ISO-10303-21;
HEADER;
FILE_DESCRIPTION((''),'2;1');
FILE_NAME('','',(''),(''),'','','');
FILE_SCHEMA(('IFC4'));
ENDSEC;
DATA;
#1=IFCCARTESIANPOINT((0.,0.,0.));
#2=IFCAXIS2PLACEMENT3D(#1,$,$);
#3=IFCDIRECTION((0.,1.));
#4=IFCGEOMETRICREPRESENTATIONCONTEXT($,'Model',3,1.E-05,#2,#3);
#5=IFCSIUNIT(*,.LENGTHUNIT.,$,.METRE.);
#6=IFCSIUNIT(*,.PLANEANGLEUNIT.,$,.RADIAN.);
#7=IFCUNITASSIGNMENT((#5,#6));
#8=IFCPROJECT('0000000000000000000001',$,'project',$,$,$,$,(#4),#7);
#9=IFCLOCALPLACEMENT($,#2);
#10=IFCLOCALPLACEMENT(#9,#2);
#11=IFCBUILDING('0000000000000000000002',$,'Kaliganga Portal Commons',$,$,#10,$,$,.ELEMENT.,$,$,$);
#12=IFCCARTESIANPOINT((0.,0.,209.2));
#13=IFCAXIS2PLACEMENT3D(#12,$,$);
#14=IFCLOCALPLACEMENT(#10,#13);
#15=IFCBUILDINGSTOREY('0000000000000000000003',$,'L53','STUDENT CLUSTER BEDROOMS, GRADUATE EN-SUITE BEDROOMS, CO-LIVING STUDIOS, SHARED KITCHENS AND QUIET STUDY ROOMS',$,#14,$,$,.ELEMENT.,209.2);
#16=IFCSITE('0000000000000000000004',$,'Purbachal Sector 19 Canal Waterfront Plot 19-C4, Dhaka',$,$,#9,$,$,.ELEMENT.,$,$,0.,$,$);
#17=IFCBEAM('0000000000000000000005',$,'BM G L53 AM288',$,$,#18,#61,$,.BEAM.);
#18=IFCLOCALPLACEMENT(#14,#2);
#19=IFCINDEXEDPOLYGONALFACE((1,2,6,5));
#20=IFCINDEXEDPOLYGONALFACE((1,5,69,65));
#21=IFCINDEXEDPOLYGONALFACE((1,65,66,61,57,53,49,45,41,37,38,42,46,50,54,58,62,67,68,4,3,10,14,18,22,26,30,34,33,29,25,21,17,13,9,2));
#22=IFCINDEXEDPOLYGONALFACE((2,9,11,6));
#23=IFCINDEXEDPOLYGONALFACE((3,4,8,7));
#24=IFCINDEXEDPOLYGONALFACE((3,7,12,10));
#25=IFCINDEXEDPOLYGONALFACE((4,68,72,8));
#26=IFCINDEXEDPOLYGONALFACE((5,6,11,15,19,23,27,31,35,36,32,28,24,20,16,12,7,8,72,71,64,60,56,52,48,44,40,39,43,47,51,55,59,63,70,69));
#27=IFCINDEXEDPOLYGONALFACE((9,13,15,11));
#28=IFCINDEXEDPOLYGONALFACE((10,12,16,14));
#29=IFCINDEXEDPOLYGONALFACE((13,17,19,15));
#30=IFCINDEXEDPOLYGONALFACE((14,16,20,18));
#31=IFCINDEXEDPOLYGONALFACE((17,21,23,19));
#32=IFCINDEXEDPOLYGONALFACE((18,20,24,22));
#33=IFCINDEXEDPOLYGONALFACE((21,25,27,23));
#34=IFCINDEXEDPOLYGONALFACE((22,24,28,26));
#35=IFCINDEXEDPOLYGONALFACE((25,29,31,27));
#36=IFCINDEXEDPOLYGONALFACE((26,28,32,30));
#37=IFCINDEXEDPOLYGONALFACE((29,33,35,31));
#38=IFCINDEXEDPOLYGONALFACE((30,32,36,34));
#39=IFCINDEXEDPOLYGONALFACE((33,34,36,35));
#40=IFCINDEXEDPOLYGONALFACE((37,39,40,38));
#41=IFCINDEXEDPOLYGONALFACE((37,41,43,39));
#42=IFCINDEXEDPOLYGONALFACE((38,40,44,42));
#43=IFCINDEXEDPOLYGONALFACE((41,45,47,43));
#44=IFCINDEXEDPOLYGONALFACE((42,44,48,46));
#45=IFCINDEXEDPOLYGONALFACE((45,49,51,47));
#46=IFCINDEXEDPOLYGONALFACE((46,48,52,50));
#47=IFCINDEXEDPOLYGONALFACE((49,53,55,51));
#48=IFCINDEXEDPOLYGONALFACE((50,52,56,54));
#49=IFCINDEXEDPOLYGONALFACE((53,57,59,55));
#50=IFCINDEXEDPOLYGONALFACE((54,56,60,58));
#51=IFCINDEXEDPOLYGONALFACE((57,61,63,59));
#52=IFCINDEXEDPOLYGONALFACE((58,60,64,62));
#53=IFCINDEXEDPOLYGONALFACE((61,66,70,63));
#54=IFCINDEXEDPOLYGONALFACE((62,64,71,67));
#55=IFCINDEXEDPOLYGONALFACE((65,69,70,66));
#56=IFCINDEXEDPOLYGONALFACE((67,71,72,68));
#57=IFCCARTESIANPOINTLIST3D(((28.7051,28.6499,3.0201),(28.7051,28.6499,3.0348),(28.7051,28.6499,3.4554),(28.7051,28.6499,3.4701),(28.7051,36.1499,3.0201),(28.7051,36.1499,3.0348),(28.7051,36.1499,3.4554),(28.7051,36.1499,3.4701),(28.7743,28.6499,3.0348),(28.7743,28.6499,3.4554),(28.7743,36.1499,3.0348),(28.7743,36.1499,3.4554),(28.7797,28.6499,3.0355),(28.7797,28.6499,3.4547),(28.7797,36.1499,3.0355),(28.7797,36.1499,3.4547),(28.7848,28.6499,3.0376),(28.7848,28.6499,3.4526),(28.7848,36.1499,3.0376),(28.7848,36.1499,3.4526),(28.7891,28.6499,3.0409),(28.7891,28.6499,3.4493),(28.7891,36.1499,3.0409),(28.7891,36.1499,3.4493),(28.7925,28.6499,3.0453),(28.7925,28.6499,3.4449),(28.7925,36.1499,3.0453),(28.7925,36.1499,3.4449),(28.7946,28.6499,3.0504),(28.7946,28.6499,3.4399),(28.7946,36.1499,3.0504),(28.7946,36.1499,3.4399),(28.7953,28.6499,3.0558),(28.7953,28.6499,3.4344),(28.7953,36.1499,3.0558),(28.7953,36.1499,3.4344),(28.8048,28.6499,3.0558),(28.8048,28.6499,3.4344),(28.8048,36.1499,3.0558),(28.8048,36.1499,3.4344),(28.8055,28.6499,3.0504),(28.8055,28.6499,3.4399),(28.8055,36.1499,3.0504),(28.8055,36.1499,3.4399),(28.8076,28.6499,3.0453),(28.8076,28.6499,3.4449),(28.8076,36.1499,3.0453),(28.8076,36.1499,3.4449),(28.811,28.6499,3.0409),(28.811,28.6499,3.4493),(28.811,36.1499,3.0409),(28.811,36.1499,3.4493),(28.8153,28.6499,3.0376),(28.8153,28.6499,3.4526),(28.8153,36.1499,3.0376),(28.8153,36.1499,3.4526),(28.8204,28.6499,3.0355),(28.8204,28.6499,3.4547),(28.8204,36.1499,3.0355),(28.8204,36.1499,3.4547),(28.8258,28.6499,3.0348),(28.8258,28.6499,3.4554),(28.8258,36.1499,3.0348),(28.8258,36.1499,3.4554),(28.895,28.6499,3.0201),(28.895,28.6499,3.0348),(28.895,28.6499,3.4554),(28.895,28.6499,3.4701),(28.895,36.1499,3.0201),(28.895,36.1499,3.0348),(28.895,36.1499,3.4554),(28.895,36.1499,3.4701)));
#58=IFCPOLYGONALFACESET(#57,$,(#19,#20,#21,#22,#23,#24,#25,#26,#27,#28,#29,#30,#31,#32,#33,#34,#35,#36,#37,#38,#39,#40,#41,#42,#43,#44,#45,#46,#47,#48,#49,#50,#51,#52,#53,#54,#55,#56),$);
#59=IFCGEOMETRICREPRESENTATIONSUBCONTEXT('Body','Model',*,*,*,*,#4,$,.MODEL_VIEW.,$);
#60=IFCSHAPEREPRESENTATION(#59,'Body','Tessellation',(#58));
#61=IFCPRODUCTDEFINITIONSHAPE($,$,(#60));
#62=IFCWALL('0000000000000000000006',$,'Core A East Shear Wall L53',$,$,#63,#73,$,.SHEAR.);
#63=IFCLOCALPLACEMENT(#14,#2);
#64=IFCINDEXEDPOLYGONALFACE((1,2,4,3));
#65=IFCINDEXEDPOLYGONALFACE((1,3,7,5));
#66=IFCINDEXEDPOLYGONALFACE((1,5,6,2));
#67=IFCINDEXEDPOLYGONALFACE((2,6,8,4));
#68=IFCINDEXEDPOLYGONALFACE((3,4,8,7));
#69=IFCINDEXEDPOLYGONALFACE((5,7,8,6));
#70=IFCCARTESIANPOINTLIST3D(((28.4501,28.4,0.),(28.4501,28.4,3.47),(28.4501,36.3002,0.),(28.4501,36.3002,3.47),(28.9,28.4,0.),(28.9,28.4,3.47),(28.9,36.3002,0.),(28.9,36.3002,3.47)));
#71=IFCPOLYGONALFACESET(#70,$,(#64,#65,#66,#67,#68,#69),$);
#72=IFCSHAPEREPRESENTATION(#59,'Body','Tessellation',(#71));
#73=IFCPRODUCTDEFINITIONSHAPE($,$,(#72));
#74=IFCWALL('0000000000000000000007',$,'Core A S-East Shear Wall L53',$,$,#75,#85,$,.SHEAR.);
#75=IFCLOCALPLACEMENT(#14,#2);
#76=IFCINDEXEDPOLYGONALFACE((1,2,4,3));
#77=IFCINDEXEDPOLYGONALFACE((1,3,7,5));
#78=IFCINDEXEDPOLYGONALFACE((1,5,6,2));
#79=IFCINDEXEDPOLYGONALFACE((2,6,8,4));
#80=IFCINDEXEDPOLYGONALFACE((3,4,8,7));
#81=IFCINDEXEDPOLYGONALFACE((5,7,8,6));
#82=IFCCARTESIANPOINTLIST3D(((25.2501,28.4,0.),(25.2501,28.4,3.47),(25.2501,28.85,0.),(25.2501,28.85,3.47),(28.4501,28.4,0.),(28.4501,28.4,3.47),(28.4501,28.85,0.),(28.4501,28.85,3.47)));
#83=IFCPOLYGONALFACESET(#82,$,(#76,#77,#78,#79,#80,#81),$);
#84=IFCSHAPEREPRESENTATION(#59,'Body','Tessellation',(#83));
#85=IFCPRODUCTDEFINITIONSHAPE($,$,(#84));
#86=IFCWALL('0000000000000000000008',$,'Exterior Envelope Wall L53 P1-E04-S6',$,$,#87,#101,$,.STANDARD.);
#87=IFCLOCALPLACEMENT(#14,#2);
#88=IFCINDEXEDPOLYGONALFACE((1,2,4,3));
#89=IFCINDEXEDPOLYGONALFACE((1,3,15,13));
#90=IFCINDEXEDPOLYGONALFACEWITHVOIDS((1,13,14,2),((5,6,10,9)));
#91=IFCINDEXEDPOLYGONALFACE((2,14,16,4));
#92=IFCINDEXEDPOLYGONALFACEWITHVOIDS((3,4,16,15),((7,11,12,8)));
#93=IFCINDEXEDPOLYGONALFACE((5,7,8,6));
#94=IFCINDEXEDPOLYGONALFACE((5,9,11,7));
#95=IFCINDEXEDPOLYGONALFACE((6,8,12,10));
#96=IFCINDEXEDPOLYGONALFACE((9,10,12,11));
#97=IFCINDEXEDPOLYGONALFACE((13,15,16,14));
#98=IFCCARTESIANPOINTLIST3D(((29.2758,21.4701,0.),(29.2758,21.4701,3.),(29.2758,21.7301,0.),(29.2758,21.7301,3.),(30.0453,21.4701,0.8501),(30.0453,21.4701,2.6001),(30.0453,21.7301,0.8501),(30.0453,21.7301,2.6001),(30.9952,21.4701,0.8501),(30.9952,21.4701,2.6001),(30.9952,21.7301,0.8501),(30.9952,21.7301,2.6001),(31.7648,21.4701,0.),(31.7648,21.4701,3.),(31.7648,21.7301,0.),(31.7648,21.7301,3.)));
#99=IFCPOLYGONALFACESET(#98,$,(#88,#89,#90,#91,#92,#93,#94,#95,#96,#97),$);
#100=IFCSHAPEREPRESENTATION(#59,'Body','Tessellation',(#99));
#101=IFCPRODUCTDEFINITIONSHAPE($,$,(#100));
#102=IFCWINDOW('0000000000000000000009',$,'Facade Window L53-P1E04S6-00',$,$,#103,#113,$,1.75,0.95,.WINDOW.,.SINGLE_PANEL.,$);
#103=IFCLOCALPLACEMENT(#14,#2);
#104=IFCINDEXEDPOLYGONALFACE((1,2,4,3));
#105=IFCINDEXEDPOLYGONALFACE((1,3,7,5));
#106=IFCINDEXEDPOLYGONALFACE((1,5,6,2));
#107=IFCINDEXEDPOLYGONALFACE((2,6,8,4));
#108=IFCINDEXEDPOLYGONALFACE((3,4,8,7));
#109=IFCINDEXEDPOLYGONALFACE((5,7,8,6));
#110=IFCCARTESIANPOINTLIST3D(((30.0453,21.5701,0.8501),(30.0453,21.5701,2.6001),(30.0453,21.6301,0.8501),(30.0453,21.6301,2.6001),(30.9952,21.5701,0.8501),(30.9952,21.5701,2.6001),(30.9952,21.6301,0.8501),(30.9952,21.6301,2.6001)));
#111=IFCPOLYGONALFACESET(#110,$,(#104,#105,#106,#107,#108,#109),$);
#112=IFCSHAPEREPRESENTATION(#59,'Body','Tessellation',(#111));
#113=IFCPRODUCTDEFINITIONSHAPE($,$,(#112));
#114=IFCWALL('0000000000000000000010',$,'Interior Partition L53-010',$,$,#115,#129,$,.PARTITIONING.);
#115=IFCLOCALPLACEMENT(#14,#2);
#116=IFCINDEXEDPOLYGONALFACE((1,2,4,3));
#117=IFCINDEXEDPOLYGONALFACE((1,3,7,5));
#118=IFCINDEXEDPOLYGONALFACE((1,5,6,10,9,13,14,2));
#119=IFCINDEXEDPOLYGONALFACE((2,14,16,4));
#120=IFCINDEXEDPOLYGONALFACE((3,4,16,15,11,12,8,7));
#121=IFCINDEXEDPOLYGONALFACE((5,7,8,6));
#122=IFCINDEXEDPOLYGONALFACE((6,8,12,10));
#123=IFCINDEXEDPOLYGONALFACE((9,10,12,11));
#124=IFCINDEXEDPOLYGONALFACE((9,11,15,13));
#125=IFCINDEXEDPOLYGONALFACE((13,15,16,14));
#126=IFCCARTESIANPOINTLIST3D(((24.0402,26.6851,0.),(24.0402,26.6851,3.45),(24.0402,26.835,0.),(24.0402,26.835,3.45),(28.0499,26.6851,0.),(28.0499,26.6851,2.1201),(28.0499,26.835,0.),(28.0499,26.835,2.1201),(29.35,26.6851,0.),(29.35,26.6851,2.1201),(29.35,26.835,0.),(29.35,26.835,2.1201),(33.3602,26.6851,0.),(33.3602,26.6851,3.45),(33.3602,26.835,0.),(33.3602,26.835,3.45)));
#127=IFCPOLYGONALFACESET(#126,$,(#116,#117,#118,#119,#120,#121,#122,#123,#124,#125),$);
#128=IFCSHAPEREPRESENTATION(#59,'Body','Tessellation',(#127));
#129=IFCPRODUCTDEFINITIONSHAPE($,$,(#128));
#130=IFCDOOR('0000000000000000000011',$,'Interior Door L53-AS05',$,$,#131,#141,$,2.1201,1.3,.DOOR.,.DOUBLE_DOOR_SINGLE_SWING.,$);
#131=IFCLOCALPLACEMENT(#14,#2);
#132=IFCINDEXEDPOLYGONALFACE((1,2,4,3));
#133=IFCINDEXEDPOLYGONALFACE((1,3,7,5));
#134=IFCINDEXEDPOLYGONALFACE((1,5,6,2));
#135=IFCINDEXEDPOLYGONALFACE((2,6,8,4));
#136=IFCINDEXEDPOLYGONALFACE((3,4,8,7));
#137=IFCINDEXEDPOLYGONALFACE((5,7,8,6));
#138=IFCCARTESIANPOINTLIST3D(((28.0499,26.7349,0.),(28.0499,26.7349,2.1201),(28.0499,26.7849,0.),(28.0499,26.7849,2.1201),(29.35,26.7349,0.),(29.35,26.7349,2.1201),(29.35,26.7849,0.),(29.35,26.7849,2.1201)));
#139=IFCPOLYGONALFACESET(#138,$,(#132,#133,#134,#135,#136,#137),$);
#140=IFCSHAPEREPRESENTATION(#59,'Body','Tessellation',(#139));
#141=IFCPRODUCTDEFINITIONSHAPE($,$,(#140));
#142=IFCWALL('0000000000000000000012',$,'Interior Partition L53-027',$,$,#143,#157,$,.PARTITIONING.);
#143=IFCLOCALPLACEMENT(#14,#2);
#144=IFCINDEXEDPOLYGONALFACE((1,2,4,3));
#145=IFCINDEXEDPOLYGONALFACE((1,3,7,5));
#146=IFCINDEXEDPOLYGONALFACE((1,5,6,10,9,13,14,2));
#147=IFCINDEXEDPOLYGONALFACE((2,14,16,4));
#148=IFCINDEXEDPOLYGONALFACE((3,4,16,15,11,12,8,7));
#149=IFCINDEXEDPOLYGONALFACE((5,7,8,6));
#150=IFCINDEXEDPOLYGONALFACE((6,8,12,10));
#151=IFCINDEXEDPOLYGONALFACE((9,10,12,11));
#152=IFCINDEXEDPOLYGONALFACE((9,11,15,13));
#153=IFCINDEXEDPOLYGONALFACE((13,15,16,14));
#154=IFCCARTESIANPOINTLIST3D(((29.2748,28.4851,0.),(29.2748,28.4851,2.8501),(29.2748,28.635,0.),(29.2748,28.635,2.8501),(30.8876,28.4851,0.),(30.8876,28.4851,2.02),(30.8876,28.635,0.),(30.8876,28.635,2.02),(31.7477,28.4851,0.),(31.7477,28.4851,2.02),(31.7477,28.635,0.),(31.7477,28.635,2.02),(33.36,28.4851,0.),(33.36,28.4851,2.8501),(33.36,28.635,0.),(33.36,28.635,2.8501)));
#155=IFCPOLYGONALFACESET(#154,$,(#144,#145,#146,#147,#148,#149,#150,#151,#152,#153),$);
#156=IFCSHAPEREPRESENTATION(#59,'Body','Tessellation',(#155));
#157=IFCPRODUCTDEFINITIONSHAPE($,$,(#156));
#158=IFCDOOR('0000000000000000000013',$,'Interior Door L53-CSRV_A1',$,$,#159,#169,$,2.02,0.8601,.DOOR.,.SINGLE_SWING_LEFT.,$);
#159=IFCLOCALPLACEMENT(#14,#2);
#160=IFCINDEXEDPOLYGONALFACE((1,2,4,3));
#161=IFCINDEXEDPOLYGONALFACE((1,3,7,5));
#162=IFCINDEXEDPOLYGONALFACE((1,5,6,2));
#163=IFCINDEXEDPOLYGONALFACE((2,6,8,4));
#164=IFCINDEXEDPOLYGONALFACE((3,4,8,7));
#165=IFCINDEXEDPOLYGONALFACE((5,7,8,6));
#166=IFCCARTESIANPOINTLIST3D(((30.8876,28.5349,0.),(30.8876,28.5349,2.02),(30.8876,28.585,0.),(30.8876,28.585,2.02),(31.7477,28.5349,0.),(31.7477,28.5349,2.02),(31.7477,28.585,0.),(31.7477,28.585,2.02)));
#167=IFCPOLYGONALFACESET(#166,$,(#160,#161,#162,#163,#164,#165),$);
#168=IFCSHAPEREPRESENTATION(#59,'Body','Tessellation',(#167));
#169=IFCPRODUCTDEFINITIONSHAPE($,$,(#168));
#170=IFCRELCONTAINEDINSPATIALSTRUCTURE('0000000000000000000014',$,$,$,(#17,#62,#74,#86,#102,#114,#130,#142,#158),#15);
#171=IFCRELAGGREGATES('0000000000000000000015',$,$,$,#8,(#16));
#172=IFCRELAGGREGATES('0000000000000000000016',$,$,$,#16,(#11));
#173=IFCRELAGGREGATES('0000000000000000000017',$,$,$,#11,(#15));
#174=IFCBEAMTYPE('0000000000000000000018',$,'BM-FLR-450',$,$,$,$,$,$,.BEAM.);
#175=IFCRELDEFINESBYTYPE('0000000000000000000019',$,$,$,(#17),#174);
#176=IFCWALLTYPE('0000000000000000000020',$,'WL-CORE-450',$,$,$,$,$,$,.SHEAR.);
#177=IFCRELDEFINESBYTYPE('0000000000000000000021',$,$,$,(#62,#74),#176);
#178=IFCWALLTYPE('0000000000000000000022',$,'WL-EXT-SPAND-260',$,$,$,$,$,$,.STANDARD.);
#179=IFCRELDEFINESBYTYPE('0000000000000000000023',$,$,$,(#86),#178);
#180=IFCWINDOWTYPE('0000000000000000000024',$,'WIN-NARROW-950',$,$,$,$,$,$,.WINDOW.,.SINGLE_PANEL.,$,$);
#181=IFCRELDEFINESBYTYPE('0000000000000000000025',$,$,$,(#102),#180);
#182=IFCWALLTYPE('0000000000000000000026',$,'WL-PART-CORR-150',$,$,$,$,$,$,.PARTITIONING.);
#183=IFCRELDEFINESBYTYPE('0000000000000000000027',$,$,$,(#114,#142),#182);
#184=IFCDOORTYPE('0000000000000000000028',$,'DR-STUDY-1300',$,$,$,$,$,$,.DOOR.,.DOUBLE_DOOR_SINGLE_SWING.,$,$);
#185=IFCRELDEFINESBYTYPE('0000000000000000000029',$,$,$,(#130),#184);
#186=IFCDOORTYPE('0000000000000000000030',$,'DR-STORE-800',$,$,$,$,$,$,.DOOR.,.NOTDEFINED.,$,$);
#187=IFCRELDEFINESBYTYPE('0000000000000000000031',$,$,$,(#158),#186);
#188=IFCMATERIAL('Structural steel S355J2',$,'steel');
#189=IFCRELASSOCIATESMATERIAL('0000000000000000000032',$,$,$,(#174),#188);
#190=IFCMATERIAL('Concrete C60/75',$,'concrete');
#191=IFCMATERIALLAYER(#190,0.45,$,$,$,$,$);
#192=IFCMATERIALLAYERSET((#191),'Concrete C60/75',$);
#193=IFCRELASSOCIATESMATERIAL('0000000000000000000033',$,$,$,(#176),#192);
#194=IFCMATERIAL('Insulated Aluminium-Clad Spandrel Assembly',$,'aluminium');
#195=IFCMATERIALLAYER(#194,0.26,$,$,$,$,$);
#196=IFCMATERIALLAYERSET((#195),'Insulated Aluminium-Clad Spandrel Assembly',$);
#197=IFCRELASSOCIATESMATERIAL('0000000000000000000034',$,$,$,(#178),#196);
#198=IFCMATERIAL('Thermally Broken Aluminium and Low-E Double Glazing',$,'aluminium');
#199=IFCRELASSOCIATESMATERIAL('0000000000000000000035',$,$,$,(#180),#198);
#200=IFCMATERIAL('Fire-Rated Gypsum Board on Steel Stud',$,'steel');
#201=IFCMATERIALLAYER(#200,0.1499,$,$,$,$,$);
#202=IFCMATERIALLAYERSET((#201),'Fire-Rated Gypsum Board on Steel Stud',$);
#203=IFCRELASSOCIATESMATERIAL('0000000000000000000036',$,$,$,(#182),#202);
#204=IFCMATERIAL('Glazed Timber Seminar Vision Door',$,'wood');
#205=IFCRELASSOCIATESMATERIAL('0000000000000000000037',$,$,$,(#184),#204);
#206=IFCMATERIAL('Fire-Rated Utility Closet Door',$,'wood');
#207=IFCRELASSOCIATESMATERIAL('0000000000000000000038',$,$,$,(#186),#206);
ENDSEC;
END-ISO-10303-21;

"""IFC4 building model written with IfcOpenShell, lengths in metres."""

from ifc_helpers import new_model, si_unit, direction, frame, frame_2d, origin, origin_2d, place, context, subcontext, project, spatial, rectangle, i_section, extrude, source, transform, mapped, material, layer, layer_set, material_profile, profile_set, type_object, element, fill, save


model = new_model("IFC4")

# Units and contexts
model_context = context("Model", 3, precision=1e-05, world=origin(), true_north=direction((0.0, 1.0)))
body_context = subcontext(model_context, "Body", "Model", "MODEL_VIEW")
ifc_project = project(units=[si_unit("LENGTHUNIT", "METRE"), si_unit("PLANEANGLEUNIT", "RADIAN")], contexts=[model_context])

# Site, building, storey
site_placement = place(None, origin())
site = spatial("IfcSite", under=ifc_project, at=site_placement, Name="Purbachal Sector 19 Canal Waterfront Plot 19-C4, Dhaka", CompositionType="ELEMENT", RefElevation=0.0)
building_placement = place(site_placement, origin())
building = spatial("IfcBuilding", under=site, at=building_placement, Name="Kaliganga Portal Commons", CompositionType="ELEMENT")
storey_placement = place(building_placement, frame((0.0, 0.0, 209.2)))
storey = spatial("IfcBuildingStorey", under=building, at=storey_placement, Name="L53", Description="STUDENT CLUSTER BEDROOMS, GRADUATE EN-SUITE BEDROOMS, CO-LIVING STUDIOS, SHARED KITCHENS AND QUIET STUDY ROOMS", CompositionType="ELEMENT", Elevation=209.2)

# Shared definitions
ifc_material_1 = material(Name="Structural steel S355J2", Category="steel")

# Beam
ifc_material_profile_1 = material_profile(ifc_material_1, i_section(OverallWidth=0.1899, OverallDepth=0.45, WebThickness=0.0095, FlangeThickness=0.0146, FilletRadius=0.021, at=origin_2d()), Name="IPE 450")
ifc_profile_set_1 = profile_set([ifc_material_profile_1], Name="Structural steel S355J2 wide-flange")
beam_type_1 = type_object("IfcBeamType", Name="BM-FLR-450", PredefinedType="BEAM", material=ifc_profile_set_1)
shared_shape_1 = source(origin(), body_context, "Body", "SweptSolid", [
    extrude(i_section(OverallWidth=0.1899, OverallDepth=0.45, WebThickness=0.0095, FlangeThickness=0.0146, FilletRadius=0.021, at=origin_2d()), origin(), (0.0, 0.0, 1.0), 7.5),
])
beam_1_placement = place(storey_placement, frame((28.8, 28.6499, 3.2451), z_axis=(0.0, 1.0, 0.0), x_axis=(-1.0, 0.0, 0.0)))
element("IfcBeam", 1, at=beam_1_placement, inside=storey, type_object=beam_type_1, Name="BM G L53 AM288", PredefinedType="BEAM", context=body_context, shape_type="MappedRepresentation", body=[
    mapped(shared_shape_1, transform((0.0, 0.0, 0.0), x_axis=(1.0, 0.0, 0.0), y_axis=(0.0, 1.0, 0.0), z_axis=(0.0, 0.0, 1.0), scale=1.0)),
])

# Walls
ifc_material_2 = material(Name="Concrete C60/75", Category="concrete")
ifc_layer_1 = layer(ifc_material_2, 0.45)
ifc_layer_set_1 = layer_set([ifc_layer_1], Name="Concrete C60/75")
wall_type_1 = type_object("IfcWallType", Name="WL-CORE-450", PredefinedType="SHEAR", material=ifc_layer_set_1)
wall_1_placement = place(storey_placement, frame((28.675, 28.3999, 0.0), z_axis=(0.0, 0.0, 1.0), x_axis=(0.0, 1.0, 0.0)))
element("IfcWall", 2, at=wall_1_placement, inside=storey, type_object=wall_type_1, Name="Core A East Shear Wall L53", PredefinedType="SHEAR", context=body_context, shape_type="SweptSolid", body=[
    extrude(rectangle(XDim=7.9001, YDim=0.45, at=frame_2d((3.9502, 0.0))), origin(), (0.0, 0.0, 1.0), 3.47),
])
wall_2_placement = place(storey_placement, frame((25.25, 28.625, 0.0), z_axis=(0.0, 0.0, 1.0), x_axis=(1.0, 0.0, 0.0)))
element("IfcWall", 3, at=wall_2_placement, inside=storey, type_object=wall_type_1, Name="Core A S-East Shear Wall L53", PredefinedType="SHEAR", context=body_context, shape_type="SweptSolid", body=[
    extrude(rectangle(XDim=3.2, YDim=0.45, at=frame_2d((1.6001, 0.0))), origin(), (0.0, 0.0, 1.0), 3.47),
])

# Wall, opening, window
ifc_material_3 = material(Name="Insulated Aluminium-Clad Spandrel Assembly", Category="aluminium")
ifc_layer_2 = layer(ifc_material_3, 0.26)
ifc_layer_set_2 = layer_set([ifc_layer_2], Name="Insulated Aluminium-Clad Spandrel Assembly")
wall_type_2 = type_object("IfcWallType", Name="WL-EXT-SPAND-260", PredefinedType="STANDARD", material=ifc_layer_set_2)
wall_3_placement = place(storey_placement, frame((31.7649, 21.6001, 0.0), z_axis=(0.0, 0.0, 1.0), x_axis=(-1.0, 0.0, 0.0)))
wall_3 = element("IfcWall", 4, at=wall_3_placement, inside=storey, type_object=wall_type_2, Name="Exterior Envelope Wall L53 P1-E04-S6", PredefinedType="STANDARD", context=body_context, shape_type="SweptSolid", body=[
    extrude(rectangle(XDim=2.489, YDim=0.26, at=frame_2d((1.2446, 0.0))), origin(), (0.0, 0.0, 1.0), 3.0),
])
opening_1_placement = place(wall_3_placement, frame((0.7695, 0.0, 0.8501)))
opening_1 = element("IfcOpeningElement", 5, at=opening_1_placement, cuts=wall_3, PredefinedType="OPENING", context=body_context, shape_type="SweptSolid", body=[
    extrude(rectangle(XDim=0.95, YDim=1.75, at=frame_2d((0.4751, 0.875))), frame((0.0, 0.1401, 0.0), z_axis=(0.0, -1.0, 0.0), x_axis=(1.0, 0.0, 0.0)), (0.0, 0.0, 1.0), 0.28),
])
ifc_material_4 = material(Name="Thermally Broken Aluminium and Low-E Double Glazing", Category="aluminium")
window_type = type_object("IfcWindowType", Name="WIN-NARROW-950", PartitioningType="SINGLE_PANEL", PredefinedType="WINDOW", material=ifc_material_4)
window_placement = place(opening_1_placement, origin())
window = element("IfcWindow", 6, at=window_placement, inside=storey, type_object=window_type, Name="Facade Window L53-P1E04S6-00", OverallHeight=1.75, OverallWidth=0.95, PartitioningType="SINGLE_PANEL", PredefinedType="WINDOW", context=body_context, shape_type="SweptSolid", body=[
    extrude(rectangle(XDim=0.95, YDim=1.75, at=frame_2d((0.4751, 0.875))), frame((0.0, 0.03, 0.0), z_axis=(0.0, -1.0, 0.0), x_axis=(1.0, 0.0, 0.0)), (0.0, 0.0, 1.0), 0.0601),
])
fill(opening_1, window)

# Walls, openings, doors
ifc_material_5 = material(Name="Fire-Rated Gypsum Board on Steel Stud", Category="steel")
ifc_layer_3 = layer(ifc_material_5, 0.1499)
ifc_layer_set_3 = layer_set([ifc_layer_3], Name="Fire-Rated Gypsum Board on Steel Stud")
wall_type_3 = type_object("IfcWallType", Name="WL-PART-CORR-150", PredefinedType="PARTITIONING", material=ifc_layer_set_3)
wall_4_placement = place(storey_placement, frame((24.04, 26.76, 0.0), z_axis=(0.0, 0.0, 1.0), x_axis=(1.0, 0.0, 0.0)))
wall_4 = element("IfcWall", 7, at=wall_4_placement, inside=storey, type_object=wall_type_3, Name="Interior Partition L53-010", PredefinedType="PARTITIONING", context=body_context, shape_type="SweptSolid", body=[
    extrude(rectangle(XDim=9.3201, YDim=0.1499, at=frame_2d((4.6602, 0.0))), origin(), (0.0, 0.0, 1.0), 3.45),
])
opening_2_placement = place(wall_4_placement, frame((4.01, 0.0, 0.0)))
opening_2 = element("IfcOpeningElement", 8, at=opening_2_placement, cuts=wall_4, PredefinedType="OPENING", context=body_context, shape_type="SweptSolid", body=[
    extrude(rectangle(XDim=1.3, YDim=2.1201, at=frame_2d((0.6499, 1.0601))), frame((0.0, 0.085, 0.0), z_axis=(0.0, -1.0, 0.0), x_axis=(1.0, 0.0, 0.0)), (0.0, 0.0, 1.0), 0.1699),
])
ifc_material_6 = material(Name="Glazed Timber Seminar Vision Door", Category="wood")
door_type_1 = type_object("IfcDoorType", Name="DR-STUDY-1300", OperationType="DOUBLE_DOOR_SINGLE_SWING", PredefinedType="DOOR", material=ifc_material_6)
door_1_placement = place(opening_2_placement, origin())
door_1 = element("IfcDoor", 9, at=door_1_placement, inside=storey, type_object=door_type_1, Name="Interior Door L53-AS05", OperationType="DOUBLE_DOOR_SINGLE_SWING", OverallHeight=2.1201, OverallWidth=1.3, PredefinedType="DOOR", context=body_context, shape_type="SweptSolid", body=[
    extrude(rectangle(XDim=1.3, YDim=2.1201, at=frame_2d((0.6499, 1.0601))), frame((0.0, 0.0249, 0.0), z_axis=(0.0, -1.0, 0.0), x_axis=(1.0, 0.0, 0.0)), (0.0, 0.0, 1.0), 0.05),
])
fill(opening_2, door_1)
wall_5_placement = place(storey_placement, frame((29.2749, 28.5601, 0.0), z_axis=(0.0, 0.0, 1.0), x_axis=(1.0, 0.0, 0.0)))
wall_5 = element("IfcWall", 10, at=wall_5_placement, inside=storey, type_object=wall_type_3, Name="Interior Partition L53-027", PredefinedType="PARTITIONING", context=body_context, shape_type="SweptSolid", body=[
    extrude(rectangle(XDim=4.0852, YDim=0.1499, at=frame_2d((2.0425, 0.0))), origin(), (0.0, 0.0, 1.0), 2.8501),
])
opening_3_placement = place(wall_5_placement, frame((1.6125, 0.0, 0.0)))
opening_3 = element("IfcOpeningElement", 11, at=opening_3_placement, cuts=wall_5, PredefinedType="OPENING", context=body_context, shape_type="SweptSolid", body=[
    extrude(rectangle(XDim=0.8601, YDim=2.02, at=frame_2d((0.4302, 1.01))), frame((0.0, 0.085, 0.0), z_axis=(0.0, -1.0, 0.0), x_axis=(1.0, 0.0, 0.0)), (0.0, 0.0, 1.0), 0.1699),
])
ifc_material_7 = material(Name="Fire-Rated Utility Closet Door", Category="wood")
door_type_2 = type_object("IfcDoorType", Name="DR-STORE-800", OperationType="NOTDEFINED", PredefinedType="DOOR", material=ifc_material_7)
door_2_placement = place(opening_3_placement, origin())
door_2 = element("IfcDoor", 12, at=door_2_placement, inside=storey, type_object=door_type_2, Name="Interior Door L53-CSRV_A1", OperationType="SINGLE_SWING_LEFT", OverallHeight=2.02, OverallWidth=0.8601, PredefinedType="DOOR", context=body_context, shape_type="SweptSolid", body=[
    extrude(rectangle(XDim=0.8601, YDim=2.02, at=frame_2d((0.4302, 1.01))), frame((0.0, 0.0249, 0.0), z_axis=(0.0, -1.0, 0.0), x_axis=(1.0, 0.0, 0.0)), (0.0, 0.0, 1.0), 0.05),
])
fill(opening_3, door_2)

save(model, "model.ifc")
